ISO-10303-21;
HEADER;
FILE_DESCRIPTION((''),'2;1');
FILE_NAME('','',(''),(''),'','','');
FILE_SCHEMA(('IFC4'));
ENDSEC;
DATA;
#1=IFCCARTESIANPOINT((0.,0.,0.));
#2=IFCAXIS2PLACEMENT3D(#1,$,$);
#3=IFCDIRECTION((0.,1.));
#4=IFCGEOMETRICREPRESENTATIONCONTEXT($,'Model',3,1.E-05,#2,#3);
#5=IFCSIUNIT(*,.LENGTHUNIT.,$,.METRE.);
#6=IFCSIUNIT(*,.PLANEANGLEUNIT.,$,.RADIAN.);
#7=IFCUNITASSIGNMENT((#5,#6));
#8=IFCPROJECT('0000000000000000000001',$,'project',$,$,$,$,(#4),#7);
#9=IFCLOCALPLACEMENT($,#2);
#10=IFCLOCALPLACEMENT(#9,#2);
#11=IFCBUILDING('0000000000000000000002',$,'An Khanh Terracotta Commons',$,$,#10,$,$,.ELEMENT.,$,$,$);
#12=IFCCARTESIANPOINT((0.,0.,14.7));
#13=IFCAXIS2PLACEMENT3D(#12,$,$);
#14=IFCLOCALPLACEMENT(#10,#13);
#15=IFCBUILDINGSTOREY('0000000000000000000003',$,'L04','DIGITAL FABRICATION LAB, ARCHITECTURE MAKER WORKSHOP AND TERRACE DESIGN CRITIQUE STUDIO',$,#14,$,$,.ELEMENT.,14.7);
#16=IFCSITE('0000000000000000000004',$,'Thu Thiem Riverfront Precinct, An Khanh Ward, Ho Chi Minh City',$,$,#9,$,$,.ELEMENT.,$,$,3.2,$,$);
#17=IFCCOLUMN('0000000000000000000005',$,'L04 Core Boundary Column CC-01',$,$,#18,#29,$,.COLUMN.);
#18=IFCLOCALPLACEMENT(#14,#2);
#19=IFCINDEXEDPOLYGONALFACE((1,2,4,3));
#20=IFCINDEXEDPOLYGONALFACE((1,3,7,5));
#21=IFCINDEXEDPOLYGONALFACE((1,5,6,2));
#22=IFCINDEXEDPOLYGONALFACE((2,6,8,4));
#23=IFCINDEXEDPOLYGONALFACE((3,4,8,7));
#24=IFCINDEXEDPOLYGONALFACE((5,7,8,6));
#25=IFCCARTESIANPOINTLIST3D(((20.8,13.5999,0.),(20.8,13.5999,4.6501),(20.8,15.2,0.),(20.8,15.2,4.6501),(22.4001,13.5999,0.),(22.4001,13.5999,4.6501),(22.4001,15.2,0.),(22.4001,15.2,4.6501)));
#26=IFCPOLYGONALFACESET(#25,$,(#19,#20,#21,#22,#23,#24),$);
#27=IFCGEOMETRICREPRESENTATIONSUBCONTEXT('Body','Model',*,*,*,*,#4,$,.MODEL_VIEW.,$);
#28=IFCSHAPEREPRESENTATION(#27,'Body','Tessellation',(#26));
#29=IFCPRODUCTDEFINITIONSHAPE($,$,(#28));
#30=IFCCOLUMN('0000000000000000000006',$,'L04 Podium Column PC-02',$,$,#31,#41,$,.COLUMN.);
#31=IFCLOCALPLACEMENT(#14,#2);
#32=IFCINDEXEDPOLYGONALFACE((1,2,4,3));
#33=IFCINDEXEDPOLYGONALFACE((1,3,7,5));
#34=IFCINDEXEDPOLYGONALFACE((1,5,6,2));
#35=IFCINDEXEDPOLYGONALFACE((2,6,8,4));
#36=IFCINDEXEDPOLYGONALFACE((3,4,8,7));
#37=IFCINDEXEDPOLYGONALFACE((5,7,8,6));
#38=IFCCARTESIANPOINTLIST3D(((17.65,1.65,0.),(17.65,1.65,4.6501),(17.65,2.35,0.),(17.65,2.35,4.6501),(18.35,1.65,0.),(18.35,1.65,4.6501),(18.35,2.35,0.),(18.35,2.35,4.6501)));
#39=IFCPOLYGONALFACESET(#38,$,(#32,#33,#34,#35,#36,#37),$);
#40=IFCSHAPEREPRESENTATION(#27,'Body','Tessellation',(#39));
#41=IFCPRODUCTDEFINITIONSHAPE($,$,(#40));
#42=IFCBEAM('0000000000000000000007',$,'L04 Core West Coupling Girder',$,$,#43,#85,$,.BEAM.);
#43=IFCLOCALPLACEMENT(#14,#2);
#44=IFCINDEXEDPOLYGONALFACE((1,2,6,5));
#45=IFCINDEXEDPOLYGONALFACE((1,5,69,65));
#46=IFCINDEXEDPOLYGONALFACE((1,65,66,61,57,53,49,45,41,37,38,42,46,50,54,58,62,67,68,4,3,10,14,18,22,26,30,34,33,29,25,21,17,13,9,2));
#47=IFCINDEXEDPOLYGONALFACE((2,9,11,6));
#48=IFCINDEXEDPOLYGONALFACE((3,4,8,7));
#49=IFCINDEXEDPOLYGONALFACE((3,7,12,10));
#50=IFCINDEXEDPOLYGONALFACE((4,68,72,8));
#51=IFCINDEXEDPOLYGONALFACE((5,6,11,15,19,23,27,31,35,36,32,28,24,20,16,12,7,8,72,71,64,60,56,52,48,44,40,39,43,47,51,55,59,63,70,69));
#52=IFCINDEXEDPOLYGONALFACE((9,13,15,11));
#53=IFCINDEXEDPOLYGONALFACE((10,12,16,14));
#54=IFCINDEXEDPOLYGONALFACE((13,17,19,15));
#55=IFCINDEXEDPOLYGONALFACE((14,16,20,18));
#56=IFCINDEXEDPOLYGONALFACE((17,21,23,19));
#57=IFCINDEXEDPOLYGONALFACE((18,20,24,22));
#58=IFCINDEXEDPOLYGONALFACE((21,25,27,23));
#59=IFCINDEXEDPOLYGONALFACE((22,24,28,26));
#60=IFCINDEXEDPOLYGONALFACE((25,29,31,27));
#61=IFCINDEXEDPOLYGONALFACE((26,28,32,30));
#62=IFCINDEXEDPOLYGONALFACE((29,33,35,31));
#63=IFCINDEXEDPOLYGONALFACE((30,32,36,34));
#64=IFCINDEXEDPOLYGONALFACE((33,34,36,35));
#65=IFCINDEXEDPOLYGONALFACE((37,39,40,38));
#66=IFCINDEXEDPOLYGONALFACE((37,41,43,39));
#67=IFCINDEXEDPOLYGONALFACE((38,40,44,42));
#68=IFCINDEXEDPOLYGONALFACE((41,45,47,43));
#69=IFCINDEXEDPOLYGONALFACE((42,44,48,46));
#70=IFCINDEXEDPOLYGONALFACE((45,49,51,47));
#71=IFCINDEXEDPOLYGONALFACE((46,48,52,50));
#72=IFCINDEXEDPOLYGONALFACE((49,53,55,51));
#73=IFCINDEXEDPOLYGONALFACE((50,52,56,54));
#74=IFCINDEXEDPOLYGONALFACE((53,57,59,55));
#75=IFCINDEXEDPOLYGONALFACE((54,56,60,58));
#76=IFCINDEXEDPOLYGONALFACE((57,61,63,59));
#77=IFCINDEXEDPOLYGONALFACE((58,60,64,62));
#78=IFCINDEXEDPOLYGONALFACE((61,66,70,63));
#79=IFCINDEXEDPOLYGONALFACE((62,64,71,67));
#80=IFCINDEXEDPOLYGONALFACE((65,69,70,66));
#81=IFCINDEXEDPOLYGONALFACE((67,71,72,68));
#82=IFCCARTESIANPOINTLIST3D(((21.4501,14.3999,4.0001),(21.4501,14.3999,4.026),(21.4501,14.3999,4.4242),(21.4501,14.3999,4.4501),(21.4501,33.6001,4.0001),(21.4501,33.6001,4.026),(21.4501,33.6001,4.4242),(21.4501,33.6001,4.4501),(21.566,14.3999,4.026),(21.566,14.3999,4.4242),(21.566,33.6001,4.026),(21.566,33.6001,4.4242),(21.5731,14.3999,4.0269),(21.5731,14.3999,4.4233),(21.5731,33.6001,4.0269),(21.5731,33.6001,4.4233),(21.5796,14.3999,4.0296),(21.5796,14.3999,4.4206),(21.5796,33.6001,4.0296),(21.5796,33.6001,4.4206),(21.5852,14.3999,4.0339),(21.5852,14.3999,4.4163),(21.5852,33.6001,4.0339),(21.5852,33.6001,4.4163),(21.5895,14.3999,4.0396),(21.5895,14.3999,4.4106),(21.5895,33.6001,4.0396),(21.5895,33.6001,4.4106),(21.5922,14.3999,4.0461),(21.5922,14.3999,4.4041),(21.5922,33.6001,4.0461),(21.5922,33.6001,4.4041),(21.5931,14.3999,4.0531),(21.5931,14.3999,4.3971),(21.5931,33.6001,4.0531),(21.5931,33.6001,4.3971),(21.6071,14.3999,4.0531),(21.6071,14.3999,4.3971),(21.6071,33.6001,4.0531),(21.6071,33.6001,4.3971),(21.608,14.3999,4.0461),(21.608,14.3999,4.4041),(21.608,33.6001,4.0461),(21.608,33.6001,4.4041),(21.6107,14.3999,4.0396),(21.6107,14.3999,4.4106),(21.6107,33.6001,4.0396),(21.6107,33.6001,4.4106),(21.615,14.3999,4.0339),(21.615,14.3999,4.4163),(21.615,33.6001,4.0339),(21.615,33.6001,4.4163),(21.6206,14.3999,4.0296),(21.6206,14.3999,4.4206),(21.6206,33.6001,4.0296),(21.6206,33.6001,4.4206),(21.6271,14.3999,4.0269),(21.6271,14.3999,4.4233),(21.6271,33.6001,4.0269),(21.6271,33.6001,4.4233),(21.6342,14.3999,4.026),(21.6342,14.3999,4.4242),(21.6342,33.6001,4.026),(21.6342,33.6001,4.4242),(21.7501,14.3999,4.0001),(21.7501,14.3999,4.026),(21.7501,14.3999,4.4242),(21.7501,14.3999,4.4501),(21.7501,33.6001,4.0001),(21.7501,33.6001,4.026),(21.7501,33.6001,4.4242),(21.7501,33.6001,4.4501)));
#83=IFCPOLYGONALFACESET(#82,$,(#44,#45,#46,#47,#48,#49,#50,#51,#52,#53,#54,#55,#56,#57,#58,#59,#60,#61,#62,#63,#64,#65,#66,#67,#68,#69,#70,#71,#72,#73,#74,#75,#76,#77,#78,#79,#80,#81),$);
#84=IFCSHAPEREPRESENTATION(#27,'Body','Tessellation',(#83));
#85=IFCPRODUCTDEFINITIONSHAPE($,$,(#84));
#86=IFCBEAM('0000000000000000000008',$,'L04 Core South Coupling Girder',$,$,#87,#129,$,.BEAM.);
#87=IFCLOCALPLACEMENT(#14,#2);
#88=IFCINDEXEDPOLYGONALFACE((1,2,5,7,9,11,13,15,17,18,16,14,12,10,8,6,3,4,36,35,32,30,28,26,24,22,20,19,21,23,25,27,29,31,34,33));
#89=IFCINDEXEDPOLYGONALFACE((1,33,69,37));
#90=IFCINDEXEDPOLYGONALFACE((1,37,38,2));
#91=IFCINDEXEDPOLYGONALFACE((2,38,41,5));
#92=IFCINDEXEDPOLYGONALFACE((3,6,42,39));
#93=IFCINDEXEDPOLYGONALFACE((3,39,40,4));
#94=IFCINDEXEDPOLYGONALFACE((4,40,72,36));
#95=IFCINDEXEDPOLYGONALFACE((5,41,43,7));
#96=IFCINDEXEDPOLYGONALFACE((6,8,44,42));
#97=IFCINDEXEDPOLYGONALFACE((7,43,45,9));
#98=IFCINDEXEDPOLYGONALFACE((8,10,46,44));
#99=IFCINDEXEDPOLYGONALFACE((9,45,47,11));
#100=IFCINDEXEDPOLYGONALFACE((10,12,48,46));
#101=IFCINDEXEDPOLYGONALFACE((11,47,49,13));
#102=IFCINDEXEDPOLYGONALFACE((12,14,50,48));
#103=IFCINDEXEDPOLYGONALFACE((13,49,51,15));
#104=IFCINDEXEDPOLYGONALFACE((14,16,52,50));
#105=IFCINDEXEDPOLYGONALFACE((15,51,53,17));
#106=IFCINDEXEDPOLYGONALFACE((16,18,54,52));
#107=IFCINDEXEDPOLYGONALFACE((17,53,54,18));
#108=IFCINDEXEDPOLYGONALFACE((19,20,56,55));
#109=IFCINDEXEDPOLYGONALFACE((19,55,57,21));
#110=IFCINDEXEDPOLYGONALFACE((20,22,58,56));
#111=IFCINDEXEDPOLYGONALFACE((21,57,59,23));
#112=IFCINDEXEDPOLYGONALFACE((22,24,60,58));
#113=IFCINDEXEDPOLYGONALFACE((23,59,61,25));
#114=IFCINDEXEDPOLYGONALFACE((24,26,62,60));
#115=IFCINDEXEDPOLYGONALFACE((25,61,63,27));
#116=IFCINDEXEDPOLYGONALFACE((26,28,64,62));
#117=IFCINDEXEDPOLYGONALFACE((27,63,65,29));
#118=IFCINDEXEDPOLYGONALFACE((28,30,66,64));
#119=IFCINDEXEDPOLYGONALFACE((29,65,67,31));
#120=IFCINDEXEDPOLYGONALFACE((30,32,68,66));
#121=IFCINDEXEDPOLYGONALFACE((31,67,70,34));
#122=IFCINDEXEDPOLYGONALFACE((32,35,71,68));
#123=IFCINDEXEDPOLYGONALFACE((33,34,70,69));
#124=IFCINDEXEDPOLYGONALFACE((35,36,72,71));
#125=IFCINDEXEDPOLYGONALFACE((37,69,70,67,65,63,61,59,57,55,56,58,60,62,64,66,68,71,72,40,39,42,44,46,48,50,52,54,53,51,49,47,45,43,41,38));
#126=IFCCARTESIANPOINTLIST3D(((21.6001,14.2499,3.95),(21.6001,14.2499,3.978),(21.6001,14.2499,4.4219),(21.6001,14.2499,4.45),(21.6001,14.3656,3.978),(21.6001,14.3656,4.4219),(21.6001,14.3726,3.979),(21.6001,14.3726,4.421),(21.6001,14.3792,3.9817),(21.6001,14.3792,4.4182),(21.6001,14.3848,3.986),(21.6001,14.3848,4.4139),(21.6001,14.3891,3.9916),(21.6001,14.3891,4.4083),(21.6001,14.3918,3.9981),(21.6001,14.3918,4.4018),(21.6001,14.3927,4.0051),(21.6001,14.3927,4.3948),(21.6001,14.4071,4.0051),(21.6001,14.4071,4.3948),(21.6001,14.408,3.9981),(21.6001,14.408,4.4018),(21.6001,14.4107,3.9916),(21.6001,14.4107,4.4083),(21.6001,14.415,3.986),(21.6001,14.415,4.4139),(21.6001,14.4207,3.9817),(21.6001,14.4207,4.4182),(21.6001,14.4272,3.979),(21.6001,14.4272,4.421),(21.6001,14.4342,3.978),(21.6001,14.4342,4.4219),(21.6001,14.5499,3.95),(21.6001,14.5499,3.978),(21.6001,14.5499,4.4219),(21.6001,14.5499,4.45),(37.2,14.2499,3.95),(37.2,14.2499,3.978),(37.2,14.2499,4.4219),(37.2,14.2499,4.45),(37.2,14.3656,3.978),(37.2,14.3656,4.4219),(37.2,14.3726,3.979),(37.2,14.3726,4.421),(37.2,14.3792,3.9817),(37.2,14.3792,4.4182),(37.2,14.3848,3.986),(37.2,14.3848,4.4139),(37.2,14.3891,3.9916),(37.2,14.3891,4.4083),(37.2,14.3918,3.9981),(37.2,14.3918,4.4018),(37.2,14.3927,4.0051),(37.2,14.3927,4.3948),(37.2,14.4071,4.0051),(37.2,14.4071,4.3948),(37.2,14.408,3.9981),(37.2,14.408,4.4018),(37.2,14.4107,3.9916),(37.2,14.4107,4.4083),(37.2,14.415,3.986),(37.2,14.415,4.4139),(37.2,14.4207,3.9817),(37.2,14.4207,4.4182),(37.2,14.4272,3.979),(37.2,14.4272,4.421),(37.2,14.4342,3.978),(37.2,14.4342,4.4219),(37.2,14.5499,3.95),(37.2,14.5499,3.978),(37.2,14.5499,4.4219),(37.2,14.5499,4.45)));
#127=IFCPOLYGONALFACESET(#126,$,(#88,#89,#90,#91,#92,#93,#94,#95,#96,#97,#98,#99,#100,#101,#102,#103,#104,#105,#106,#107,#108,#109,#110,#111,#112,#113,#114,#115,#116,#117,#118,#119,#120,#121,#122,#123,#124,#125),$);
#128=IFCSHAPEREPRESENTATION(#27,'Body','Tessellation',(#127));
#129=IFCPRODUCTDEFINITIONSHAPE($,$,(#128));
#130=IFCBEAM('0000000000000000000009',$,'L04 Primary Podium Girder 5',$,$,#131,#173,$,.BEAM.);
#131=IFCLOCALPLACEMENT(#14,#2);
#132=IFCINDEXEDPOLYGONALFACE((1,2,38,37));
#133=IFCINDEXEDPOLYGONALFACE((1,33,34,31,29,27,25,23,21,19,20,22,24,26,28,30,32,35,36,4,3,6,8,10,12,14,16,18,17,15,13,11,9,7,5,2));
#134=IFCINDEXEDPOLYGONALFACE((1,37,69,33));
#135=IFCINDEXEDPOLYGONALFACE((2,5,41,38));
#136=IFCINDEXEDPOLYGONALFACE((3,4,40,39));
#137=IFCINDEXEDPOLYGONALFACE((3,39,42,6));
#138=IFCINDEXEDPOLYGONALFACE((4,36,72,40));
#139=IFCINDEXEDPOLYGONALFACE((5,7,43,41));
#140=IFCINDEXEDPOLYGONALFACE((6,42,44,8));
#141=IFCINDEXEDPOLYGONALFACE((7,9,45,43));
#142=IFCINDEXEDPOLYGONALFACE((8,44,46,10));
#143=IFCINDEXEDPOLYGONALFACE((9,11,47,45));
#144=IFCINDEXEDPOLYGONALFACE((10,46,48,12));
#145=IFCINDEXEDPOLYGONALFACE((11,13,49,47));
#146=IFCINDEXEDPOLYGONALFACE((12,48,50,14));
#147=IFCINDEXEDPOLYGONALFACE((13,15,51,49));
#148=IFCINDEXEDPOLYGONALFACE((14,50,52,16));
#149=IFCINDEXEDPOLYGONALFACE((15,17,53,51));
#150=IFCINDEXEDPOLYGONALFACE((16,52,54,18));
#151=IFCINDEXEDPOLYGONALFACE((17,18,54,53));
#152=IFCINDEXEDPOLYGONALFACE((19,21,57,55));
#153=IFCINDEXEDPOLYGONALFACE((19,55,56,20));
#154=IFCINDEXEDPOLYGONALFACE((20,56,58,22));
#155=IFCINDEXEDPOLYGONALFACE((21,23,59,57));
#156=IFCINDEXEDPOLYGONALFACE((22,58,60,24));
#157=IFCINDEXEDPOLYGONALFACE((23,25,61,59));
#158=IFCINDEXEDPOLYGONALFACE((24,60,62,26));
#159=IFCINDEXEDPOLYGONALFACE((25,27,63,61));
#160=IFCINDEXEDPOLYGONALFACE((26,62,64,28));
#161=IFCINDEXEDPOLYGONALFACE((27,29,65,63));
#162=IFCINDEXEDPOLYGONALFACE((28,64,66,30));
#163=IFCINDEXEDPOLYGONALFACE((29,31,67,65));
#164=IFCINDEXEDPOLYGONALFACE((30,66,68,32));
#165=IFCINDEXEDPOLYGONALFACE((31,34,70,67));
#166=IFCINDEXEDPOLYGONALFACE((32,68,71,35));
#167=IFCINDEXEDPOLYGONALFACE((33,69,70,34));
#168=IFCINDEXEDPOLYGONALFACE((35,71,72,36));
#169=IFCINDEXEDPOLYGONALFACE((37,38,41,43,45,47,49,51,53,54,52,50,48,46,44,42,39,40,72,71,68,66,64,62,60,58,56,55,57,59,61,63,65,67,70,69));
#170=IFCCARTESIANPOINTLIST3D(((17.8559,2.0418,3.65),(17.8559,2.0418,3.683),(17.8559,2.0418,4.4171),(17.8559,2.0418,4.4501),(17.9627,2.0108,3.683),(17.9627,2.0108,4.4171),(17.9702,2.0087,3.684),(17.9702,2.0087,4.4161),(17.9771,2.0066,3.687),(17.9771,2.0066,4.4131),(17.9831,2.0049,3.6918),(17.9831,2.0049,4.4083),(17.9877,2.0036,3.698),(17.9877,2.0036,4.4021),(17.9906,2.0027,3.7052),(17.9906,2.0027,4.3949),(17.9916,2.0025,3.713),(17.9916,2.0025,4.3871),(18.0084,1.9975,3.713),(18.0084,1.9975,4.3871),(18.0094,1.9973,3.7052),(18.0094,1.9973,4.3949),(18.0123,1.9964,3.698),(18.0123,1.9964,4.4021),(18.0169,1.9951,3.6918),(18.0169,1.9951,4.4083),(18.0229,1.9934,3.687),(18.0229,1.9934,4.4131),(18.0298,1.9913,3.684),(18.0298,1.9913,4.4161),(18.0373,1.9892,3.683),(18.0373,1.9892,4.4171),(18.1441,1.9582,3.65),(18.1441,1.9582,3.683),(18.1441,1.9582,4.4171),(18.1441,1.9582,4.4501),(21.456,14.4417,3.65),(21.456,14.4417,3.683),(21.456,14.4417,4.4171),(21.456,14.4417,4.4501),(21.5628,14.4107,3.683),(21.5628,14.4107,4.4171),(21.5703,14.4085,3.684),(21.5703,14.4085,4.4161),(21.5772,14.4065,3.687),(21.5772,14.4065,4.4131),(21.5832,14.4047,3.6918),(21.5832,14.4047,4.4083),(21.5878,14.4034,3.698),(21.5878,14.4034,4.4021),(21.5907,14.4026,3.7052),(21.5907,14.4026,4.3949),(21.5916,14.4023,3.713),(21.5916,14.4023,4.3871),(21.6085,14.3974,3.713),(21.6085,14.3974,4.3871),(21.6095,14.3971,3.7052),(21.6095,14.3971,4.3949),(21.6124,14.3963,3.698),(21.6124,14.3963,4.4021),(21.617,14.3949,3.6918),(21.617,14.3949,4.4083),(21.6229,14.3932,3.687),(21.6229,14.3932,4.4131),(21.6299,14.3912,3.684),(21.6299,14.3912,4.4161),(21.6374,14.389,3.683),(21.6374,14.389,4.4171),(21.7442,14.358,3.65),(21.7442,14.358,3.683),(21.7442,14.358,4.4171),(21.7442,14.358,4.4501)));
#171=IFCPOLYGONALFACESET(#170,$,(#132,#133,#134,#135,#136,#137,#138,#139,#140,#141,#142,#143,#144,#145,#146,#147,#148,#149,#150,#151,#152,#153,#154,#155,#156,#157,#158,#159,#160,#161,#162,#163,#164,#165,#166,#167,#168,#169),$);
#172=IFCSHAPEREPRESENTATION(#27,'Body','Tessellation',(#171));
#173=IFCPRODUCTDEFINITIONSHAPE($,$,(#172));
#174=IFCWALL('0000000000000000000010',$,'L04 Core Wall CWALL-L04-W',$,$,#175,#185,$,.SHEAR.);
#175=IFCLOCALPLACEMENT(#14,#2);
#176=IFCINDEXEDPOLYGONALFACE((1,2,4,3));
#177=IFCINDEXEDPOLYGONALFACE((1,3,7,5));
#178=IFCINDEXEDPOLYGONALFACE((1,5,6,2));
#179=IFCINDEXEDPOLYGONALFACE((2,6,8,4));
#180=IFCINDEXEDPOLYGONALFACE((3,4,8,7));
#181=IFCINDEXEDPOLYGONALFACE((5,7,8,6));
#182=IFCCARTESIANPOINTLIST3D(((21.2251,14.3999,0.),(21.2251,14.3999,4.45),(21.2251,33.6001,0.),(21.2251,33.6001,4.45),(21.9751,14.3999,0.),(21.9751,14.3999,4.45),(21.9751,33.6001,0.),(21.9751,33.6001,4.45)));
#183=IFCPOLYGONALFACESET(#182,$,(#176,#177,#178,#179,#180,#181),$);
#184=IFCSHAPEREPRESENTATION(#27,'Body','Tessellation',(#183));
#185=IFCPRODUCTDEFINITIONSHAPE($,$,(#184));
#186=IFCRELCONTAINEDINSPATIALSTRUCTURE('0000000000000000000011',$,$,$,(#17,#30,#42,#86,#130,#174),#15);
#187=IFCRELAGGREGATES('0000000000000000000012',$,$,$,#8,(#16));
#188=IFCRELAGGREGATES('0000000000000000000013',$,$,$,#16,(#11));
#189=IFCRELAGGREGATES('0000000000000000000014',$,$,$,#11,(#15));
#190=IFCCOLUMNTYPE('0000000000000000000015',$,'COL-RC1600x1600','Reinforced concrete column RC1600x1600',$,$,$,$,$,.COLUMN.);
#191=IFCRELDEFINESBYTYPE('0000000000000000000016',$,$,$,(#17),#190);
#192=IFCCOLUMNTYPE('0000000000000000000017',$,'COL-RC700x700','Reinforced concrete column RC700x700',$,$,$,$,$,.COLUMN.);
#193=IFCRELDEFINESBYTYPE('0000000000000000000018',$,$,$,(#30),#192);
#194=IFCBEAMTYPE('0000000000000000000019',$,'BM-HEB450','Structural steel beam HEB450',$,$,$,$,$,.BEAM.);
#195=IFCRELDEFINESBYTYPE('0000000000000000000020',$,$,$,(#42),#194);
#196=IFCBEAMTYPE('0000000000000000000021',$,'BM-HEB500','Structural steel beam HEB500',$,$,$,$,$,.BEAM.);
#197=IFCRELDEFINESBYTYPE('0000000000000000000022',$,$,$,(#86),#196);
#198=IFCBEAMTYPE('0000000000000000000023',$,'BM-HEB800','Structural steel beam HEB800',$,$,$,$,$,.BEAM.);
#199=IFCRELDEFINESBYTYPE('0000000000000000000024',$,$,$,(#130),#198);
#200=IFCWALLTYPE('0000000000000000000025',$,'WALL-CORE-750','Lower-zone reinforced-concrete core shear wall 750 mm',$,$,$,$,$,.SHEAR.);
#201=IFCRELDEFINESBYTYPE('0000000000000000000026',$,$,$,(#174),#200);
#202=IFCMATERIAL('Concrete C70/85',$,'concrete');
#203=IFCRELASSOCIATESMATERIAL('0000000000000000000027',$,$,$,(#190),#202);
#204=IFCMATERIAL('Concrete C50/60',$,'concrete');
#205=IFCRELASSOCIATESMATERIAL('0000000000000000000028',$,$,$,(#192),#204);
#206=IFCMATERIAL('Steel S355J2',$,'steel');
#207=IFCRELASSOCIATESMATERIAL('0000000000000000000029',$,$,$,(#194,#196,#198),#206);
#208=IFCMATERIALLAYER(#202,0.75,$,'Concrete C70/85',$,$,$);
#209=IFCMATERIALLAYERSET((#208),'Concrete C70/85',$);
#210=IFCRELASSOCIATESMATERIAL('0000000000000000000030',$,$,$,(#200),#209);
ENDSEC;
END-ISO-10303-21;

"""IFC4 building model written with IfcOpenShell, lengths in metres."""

from ifc_helpers import new_model, si_unit, direction, frame, frame_2d, origin, origin_2d, place, context, subcontext, project, spatial, rectangle, i_section, extrude, material, layer, layer_set, material_profile, profile_set, type_object, element, save


model = new_model("IFC4")

# Units and contexts
model_context = context("Model", 3, precision=1e-05, world=origin(), true_north=direction((0.0, 1.0)))
body_context = subcontext(model_context, "Body", "Model", "MODEL_VIEW")
ifc_project = project(units=[si_unit("LENGTHUNIT", "METRE"), si_unit("PLANEANGLEUNIT", "RADIAN")], contexts=[model_context])

# Site, building, storey
site_placement = place(None, origin())
site = spatial("IfcSite", under=ifc_project, at=site_placement, Name="Thu Thiem Riverfront Precinct, An Khanh Ward, Ho Chi Minh City", CompositionType="ELEMENT", RefElevation=3.2)
building_placement = place(site_placement, origin())
building = spatial("IfcBuilding", under=site, at=building_placement, Name="An Khanh Terracotta Commons", CompositionType="ELEMENT")
storey_placement = place(building_placement, frame((0.0, 0.0, 14.7)))
storey = spatial("IfcBuildingStorey", under=building, at=storey_placement, Name="L04", Description="DIGITAL FABRICATION LAB, ARCHITECTURE MAKER WORKSHOP AND TERRACE DESIGN CRITIQUE STUDIO", CompositionType="ELEMENT", Elevation=14.7)

# Columns
ifc_material_1 = material(Name="Concrete C70/85", Category="concrete")
ifc_material_profile_1 = material_profile(ifc_material_1, rectangle(XDim=1.6001, YDim=1.6001, at=origin_2d()), Name="RC1600x1600")
ifc_profile_set_1 = profile_set([ifc_material_profile_1], Name="Concrete C70/85")
column_type_1 = type_object("IfcColumnType", Name="COL-RC1600x1600", Description="Reinforced concrete column RC1600x1600", PredefinedType="COLUMN", material=ifc_profile_set_1)
column_1_placement = place(storey_placement, frame((21.6001, 14.3999, 0.0), z_axis=(0.0, 0.0, 1.0), x_axis=(1.0, 0.0, 0.0)))
element("IfcColumn", 1, at=column_1_placement, inside=storey, type_object=column_type_1, Name="L04 Core Boundary Column CC-01", PredefinedType="COLUMN", context=body_context, shape_type="SweptSolid", body=[
    extrude(rectangle(XDim=1.6001, YDim=1.6001, at=origin_2d()), origin(), (0.0, 0.0, 1.0), 4.6501),
])
ifc_material_2 = material(Name="Concrete C50/60", Category="concrete")
ifc_material_profile_2 = material_profile(ifc_material_2, rectangle(XDim=0.7, YDim=0.7, at=origin_2d()), Name="RC700x700")
ifc_profile_set_2 = profile_set([ifc_material_profile_2], Name="Concrete C50/60")
column_type_2 = type_object("IfcColumnType", Name="COL-RC700x700", Description="Reinforced concrete column RC700x700", PredefinedType="COLUMN", material=ifc_profile_set_2)
column_2_placement = place(storey_placement, frame((18.0, 2.0, 0.0), z_axis=(0.0, 0.0, 1.0), x_axis=(1.0, 0.0, 0.0)))
element("IfcColumn", 2, at=column_2_placement, inside=storey, type_object=column_type_2, Name="L04 Podium Column PC-02", PredefinedType="COLUMN", context=body_context, shape_type="SweptSolid", body=[
    extrude(rectangle(XDim=0.7, YDim=0.7, at=origin_2d()), origin(), (0.0, 0.0, 1.0), 4.6501),
])

# Beams
ifc_material_3 = material(Name="Steel S355J2", Category="steel")
ifc_material_profile_3 = material_profile(ifc_material_3, i_section(OverallWidth=0.3, OverallDepth=0.45, WebThickness=0.0139, FlangeThickness=0.0259, FilletRadius=0.0271, at=origin_2d()), Name="HEB450")
ifc_profile_set_3 = profile_set([ifc_material_profile_3], Name="Steel S355J2")
beam_type_1 = type_object("IfcBeamType", Name="BM-HEB450", Description="Structural steel beam HEB450", PredefinedType="BEAM", material=ifc_profile_set_3)
beam_1_placement = place(storey_placement, frame((21.6001, 14.3999, 4.2251), z_axis=(0.0, 1.0, 0.0), x_axis=(-1.0, 0.0, 0.0)))
element("IfcBeam", 3, at=beam_1_placement, inside=storey, type_object=beam_type_1, Name="L04 Core West Coupling Girder", PredefinedType="BEAM", context=body_context, shape_type="SweptSolid", body=[
    extrude(i_section(OverallWidth=0.3, OverallDepth=0.45, WebThickness=0.0139, FlangeThickness=0.0259, FilletRadius=0.0271, at=origin_2d()), origin(), (0.0, 0.0, 1.0), 19.2002),
])
ifc_material_profile_4 = material_profile(ifc_material_3, i_section(OverallWidth=0.3, OverallDepth=0.5, WebThickness=0.0144, FlangeThickness=0.0281, FilletRadius=0.0271, at=origin_2d()), Name="HEB500")
ifc_profile_set_4 = profile_set([ifc_material_profile_4], Name="Steel S355J2")
beam_type_2 = type_object("IfcBeamType", Name="BM-HEB500", Description="Structural steel beam HEB500", PredefinedType="BEAM", material=ifc_profile_set_4)
beam_2_placement = place(storey_placement, frame((21.6001, 14.3999, 4.2), z_axis=(1.0, 0.0, 0.0), x_axis=(0.0, 1.0, 0.0)))
element("IfcBeam", 4, at=beam_2_placement, inside=storey, type_object=beam_type_2, Name="L04 Core South Coupling Girder", PredefinedType="BEAM", context=body_context, shape_type="SweptSolid", body=[
    extrude(i_section(OverallWidth=0.3, OverallDepth=0.5, WebThickness=0.0144, FlangeThickness=0.0281, FilletRadius=0.0271, at=origin_2d()), origin(), (0.0, 0.0, 1.0), 15.5999),
])
ifc_material_profile_5 = material_profile(ifc_material_3, i_section(OverallWidth=0.3, OverallDepth=0.8, WebThickness=0.0176, FlangeThickness=0.033, FilletRadius=0.03, at=origin_2d()), Name="HEB800")
ifc_profile_set_5 = profile_set([ifc_material_profile_5], Name="Steel S355J2")
beam_type_3 = type_object("IfcBeamType", Name="BM-HEB800", Description="Structural steel beam HEB800", PredefinedType="BEAM", material=ifc_profile_set_5)
beam_3_placement = place(storey_placement, frame((18.0, 2.0, 4.05), z_axis=(0.278819, 0.960344, 0.0), x_axis=(-0.960344, 0.278819, 0.0)))
element("IfcBeam", 5, at=beam_3_placement, inside=storey, type_object=beam_type_3, Name="L04 Primary Podium Girder 5", PredefinedType="BEAM", context=body_context, shape_type="SweptSolid", body=[
    extrude(i_section(OverallWidth=0.3, OverallDepth=0.8, WebThickness=0.0176, FlangeThickness=0.033, FilletRadius=0.03, at=origin_2d()), origin(), (0.0, 0.0, 1.0), 12.9119),
])

# Wall
ifc_layer_1 = layer(ifc_material_1, 0.75, Name="Concrete C70/85")
ifc_layer_set_1 = layer_set([ifc_layer_1], Name="Concrete C70/85")
wall_type_1 = type_object("IfcWallType", Name="WALL-CORE-750", Description="Lower-zone reinforced-concrete core shear wall 750 mm", PredefinedType="SHEAR", material=ifc_layer_set_1)
wall_1_placement = place(storey_placement, frame((21.6001, 14.3999, 0.0), z_axis=(0.0, 0.0, 1.0), x_axis=(0.0, 1.0, 0.0)))
element("IfcWall", 6, at=wall_1_placement, inside=storey, type_object=wall_type_1, Name="L04 Core Wall CWALL-L04-W", PredefinedType="SHEAR", context=body_context, shape_type="SweptSolid", body=[
    extrude(rectangle(XDim=19.2002, YDim=0.75, at=frame_2d((9.6001, 0.0))), origin(), (0.0, 0.0, 1.0), 4.45),
])

save(model, "model.ifc")
